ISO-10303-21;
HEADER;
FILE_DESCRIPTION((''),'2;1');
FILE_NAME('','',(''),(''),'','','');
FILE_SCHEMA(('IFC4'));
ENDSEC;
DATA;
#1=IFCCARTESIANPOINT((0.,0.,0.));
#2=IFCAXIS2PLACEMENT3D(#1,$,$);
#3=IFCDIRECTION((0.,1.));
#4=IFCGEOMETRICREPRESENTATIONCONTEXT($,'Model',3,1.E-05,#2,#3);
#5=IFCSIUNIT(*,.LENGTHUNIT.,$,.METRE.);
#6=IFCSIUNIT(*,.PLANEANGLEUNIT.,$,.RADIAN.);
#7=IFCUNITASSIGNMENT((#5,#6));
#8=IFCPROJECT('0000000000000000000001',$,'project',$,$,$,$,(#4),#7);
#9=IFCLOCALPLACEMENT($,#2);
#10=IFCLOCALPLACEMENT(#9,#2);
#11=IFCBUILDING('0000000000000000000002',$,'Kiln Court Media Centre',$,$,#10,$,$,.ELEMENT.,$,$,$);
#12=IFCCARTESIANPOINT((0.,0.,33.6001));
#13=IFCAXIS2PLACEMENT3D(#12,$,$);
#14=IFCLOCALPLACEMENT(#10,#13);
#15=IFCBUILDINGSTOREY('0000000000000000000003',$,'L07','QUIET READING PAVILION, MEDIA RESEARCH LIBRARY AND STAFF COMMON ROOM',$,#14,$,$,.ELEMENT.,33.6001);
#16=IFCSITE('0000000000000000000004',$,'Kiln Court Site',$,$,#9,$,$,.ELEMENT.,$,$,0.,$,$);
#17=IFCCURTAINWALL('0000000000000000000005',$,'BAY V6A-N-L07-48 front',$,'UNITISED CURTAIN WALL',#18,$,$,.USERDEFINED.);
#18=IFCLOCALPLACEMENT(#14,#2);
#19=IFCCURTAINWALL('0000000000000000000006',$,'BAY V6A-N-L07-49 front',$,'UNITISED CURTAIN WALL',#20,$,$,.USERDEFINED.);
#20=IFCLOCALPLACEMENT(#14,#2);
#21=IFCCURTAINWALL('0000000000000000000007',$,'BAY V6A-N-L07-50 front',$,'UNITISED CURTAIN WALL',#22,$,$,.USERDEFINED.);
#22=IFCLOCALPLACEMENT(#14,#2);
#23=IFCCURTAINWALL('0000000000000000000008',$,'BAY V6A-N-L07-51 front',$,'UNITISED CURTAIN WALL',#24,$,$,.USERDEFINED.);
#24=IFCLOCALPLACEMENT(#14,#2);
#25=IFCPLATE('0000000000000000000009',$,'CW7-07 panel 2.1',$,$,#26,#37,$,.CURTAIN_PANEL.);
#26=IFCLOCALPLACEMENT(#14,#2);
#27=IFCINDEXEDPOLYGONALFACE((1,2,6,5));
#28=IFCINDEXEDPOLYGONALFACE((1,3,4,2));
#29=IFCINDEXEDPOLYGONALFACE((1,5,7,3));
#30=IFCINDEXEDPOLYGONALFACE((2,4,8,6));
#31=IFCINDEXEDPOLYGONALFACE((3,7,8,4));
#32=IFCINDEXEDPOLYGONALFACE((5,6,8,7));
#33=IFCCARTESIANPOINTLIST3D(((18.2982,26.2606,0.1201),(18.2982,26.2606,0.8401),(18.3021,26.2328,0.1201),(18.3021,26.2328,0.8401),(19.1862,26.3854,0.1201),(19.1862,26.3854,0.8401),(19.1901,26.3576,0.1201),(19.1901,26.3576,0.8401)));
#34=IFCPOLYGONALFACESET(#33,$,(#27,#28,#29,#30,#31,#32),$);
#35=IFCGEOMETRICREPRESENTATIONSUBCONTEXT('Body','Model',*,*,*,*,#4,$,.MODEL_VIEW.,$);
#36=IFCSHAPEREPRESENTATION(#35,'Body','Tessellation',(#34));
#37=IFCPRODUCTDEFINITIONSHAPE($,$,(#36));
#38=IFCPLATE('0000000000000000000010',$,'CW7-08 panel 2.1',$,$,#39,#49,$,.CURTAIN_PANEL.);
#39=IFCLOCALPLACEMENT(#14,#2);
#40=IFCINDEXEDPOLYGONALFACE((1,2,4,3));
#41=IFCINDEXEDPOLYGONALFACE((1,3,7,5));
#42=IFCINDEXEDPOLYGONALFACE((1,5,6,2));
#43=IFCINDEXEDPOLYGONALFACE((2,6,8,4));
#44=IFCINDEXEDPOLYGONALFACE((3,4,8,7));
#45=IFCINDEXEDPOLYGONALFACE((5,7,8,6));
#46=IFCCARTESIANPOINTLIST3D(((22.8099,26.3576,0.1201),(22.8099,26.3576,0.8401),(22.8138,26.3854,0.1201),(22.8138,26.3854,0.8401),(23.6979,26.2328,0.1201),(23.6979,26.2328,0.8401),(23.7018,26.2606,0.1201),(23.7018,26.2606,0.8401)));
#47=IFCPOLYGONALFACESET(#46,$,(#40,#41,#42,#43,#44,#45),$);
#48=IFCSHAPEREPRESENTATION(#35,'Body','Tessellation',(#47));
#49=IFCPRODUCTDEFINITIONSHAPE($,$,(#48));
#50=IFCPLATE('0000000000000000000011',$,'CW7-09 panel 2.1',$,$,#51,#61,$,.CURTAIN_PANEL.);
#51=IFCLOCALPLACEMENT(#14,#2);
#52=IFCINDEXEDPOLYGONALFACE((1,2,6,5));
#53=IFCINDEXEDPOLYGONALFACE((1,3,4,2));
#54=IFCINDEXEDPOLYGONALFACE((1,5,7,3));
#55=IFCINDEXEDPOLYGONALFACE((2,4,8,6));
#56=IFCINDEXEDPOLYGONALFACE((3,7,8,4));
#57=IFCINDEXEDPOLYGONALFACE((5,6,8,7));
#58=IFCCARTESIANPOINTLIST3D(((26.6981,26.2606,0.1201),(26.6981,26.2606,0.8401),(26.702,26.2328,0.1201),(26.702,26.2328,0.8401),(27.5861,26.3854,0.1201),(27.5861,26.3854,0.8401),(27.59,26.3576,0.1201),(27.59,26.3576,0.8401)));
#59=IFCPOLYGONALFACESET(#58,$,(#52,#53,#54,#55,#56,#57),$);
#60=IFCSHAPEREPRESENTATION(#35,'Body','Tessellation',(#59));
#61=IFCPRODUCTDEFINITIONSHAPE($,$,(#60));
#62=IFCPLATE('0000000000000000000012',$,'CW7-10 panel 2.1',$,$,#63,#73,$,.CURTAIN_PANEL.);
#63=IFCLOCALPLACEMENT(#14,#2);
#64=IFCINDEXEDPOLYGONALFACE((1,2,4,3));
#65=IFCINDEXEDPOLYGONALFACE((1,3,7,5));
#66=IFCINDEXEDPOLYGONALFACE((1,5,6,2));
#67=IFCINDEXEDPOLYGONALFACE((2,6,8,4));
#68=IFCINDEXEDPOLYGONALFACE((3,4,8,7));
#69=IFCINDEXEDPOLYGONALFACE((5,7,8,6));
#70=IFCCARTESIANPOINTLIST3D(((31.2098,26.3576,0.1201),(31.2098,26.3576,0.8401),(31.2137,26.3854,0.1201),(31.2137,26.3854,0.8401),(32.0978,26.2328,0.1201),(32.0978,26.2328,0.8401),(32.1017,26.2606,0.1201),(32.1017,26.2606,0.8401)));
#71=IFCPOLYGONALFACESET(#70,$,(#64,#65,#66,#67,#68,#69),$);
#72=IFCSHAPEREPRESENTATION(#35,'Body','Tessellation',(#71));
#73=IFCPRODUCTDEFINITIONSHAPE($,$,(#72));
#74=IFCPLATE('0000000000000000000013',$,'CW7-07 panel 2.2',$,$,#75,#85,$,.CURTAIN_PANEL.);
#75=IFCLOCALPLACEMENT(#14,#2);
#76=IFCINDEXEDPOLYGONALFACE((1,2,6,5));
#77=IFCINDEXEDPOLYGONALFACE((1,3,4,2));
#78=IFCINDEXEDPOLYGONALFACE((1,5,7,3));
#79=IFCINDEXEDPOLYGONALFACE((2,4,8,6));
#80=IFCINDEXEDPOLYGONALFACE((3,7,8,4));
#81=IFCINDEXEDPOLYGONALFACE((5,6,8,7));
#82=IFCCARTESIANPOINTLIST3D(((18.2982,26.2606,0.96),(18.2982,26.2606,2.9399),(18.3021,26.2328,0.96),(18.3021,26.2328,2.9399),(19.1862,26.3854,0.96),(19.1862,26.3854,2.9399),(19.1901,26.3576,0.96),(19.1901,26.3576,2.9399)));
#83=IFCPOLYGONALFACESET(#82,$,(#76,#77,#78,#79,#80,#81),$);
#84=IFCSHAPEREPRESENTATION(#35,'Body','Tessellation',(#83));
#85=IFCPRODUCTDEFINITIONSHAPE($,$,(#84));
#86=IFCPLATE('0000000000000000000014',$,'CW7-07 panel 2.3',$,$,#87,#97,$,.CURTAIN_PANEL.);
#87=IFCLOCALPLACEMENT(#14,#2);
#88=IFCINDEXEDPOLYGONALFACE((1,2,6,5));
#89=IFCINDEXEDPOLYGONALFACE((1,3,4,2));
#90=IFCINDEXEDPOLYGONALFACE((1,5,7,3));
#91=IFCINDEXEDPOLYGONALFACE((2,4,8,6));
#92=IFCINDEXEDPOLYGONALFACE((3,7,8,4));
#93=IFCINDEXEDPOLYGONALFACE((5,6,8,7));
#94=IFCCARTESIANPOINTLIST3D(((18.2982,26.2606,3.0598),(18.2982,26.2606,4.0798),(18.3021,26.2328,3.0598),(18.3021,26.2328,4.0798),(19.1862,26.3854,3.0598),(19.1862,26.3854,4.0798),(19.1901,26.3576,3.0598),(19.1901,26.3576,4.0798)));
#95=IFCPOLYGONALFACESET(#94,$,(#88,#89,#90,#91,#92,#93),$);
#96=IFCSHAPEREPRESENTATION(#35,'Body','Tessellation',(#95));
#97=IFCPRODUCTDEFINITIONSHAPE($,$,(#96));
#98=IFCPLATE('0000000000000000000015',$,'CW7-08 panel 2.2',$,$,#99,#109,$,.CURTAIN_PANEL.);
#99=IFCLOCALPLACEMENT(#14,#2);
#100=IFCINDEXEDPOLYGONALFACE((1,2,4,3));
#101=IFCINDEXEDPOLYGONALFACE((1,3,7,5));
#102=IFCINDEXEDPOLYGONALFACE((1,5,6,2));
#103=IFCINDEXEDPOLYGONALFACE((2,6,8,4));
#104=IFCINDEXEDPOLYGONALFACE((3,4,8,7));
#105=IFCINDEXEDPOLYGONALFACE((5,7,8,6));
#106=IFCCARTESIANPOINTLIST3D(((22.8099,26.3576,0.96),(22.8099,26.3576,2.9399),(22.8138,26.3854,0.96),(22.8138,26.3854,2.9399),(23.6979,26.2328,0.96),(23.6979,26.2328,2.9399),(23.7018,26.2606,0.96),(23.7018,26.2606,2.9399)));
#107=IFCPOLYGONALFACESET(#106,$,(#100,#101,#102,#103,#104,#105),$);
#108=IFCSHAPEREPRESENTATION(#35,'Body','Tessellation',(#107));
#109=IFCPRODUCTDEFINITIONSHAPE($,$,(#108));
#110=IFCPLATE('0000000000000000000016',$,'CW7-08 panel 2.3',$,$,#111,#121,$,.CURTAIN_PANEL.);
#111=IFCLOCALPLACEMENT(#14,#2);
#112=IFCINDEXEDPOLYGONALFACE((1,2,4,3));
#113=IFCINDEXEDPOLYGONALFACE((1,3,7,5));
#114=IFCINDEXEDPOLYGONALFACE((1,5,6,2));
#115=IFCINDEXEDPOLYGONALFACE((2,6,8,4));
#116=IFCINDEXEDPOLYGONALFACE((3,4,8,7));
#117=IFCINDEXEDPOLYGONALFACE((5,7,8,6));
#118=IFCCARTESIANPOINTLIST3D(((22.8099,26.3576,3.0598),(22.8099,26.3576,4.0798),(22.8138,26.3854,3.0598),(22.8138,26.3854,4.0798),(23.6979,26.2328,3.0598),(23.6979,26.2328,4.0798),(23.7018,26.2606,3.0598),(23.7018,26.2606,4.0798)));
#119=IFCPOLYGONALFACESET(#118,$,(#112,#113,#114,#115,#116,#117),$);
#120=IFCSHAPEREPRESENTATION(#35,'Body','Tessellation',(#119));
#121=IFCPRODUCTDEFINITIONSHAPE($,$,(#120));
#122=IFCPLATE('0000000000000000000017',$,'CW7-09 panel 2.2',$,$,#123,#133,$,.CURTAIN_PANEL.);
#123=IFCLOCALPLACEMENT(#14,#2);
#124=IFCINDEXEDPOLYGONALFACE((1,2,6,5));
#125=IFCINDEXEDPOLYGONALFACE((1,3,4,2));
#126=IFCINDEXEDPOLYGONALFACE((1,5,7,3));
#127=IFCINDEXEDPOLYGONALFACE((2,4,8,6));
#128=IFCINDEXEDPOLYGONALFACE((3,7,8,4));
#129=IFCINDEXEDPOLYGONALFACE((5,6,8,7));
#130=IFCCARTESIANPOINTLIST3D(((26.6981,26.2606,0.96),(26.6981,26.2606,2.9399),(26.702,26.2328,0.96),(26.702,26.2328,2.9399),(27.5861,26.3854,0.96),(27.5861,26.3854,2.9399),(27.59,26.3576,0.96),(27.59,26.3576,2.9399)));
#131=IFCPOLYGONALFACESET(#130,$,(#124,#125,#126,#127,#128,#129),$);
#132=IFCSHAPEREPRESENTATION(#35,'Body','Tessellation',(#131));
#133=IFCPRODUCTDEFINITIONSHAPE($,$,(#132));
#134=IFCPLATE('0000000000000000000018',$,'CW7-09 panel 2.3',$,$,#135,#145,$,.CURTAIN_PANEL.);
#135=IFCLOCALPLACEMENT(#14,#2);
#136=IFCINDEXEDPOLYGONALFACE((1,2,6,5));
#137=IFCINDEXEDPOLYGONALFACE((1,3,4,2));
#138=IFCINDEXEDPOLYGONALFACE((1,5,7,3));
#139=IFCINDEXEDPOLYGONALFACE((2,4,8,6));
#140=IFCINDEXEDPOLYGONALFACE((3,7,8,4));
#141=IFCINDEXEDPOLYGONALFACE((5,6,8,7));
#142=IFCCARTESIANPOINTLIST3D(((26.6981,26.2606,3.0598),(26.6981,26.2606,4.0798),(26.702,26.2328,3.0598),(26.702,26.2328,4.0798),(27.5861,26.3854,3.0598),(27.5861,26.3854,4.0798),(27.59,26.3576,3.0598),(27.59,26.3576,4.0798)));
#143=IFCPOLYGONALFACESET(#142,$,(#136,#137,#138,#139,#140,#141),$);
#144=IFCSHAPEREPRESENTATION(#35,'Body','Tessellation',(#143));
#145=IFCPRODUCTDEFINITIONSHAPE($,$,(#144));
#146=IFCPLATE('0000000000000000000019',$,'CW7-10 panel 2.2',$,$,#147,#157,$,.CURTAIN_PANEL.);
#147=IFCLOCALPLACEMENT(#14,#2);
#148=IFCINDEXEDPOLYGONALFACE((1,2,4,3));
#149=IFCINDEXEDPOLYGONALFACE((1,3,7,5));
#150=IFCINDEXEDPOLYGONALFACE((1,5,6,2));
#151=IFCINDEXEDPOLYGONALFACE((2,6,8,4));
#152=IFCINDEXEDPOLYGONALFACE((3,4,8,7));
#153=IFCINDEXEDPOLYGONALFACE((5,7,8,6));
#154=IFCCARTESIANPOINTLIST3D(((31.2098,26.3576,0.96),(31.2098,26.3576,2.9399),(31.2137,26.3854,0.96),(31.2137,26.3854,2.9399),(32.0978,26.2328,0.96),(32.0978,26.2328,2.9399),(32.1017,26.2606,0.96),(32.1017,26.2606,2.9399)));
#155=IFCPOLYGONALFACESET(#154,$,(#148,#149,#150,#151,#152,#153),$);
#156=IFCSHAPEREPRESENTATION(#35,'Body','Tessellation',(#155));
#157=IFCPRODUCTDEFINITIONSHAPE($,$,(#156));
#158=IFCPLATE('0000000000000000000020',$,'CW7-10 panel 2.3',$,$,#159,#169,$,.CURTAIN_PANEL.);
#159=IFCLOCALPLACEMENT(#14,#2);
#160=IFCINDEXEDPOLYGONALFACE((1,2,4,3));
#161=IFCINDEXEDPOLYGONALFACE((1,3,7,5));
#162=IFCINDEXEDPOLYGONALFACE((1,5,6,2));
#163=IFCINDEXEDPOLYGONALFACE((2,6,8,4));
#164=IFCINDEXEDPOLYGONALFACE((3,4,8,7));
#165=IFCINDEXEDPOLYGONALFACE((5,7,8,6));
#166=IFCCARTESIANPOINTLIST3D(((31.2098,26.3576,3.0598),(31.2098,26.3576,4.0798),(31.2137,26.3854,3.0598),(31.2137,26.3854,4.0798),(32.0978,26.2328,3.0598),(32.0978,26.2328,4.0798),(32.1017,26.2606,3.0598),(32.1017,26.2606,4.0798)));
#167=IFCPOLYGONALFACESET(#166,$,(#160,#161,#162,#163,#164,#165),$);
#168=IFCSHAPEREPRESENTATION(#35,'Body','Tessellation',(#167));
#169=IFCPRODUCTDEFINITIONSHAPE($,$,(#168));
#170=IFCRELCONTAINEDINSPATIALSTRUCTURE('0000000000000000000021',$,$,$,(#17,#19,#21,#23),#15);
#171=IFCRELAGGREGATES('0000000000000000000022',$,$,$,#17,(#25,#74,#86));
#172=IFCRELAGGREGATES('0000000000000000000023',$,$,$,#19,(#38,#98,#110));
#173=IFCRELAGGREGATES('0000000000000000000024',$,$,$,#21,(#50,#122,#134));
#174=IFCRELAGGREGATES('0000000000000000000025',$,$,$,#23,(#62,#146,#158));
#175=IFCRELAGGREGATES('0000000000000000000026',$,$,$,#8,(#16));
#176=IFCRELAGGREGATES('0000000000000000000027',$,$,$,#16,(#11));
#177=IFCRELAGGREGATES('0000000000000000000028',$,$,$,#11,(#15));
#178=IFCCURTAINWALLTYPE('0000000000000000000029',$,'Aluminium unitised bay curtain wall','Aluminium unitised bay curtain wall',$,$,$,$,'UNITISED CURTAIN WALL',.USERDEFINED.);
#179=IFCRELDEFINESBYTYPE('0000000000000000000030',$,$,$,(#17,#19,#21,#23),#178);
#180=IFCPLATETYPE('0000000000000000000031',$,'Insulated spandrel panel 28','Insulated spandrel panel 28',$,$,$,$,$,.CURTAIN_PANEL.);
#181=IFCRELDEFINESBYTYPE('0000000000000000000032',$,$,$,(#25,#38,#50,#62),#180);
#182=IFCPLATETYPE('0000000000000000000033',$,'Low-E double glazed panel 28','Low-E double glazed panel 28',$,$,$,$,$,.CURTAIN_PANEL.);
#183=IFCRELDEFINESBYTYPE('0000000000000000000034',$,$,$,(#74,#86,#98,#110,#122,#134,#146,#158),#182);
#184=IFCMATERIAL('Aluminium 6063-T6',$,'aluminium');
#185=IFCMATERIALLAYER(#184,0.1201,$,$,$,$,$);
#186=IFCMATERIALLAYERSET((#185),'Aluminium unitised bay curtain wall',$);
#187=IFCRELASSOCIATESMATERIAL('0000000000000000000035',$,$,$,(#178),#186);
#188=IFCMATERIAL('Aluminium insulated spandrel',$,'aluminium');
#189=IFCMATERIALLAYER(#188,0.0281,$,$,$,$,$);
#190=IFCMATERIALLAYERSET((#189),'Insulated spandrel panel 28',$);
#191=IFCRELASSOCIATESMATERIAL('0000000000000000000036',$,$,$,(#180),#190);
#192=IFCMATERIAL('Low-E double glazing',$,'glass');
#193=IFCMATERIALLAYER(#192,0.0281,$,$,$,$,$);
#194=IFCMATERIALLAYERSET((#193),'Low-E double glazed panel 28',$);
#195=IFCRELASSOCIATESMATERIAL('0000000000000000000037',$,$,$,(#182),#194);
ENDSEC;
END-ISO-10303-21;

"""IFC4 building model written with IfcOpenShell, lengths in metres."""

from ifc_helpers import new_model, si_unit, direction, frame, origin, origin_2d, place, context, subcontext, project, spatial, rectangle, extrude, material, layer, layer_set, type_object, element, aggregate, save


model = new_model("IFC4")

# Units and contexts
model_context = context("Model", 3, precision=1e-05, world=origin(), true_north=direction((0.0, 1.0)))
body_context = subcontext(model_context, "Body", "Model", "MODEL_VIEW")
ifc_project = project(units=[si_unit("LENGTHUNIT", "METRE"), si_unit("PLANEANGLEUNIT", "RADIAN")], contexts=[model_context])

# Site, building, storey
site_placement = place(None, origin())
site = spatial("IfcSite", under=ifc_project, at=site_placement, Name="Kiln Court Site", CompositionType="ELEMENT", RefElevation=0.0)
building_placement = place(site_placement, origin())
building = spatial("IfcBuilding", under=site, at=building_placement, Name="Kiln Court Media Centre", CompositionType="ELEMENT")
storey_placement = place(building_placement, frame((0.0, 0.0, 33.6001)))
storey = spatial("IfcBuildingStorey", under=building, at=storey_placement, Name="L07", Description="QUIET READING PAVILION, MEDIA RESEARCH LIBRARY AND STAFF COMMON ROOM", CompositionType="ELEMENT", Elevation=33.6001)

# Curtain wall
ifc_material_1 = material(Name="Aluminium 6063-T6", Category="aluminium")
ifc_layer_1 = layer(ifc_material_1, 0.1201)
ifc_layer_set_1 = layer_set([ifc_layer_1], Name="Aluminium unitised bay curtain wall")
curtain_wall_type = type_object("IfcCurtainWallType", Name="Aluminium unitised bay curtain wall", Description="Aluminium unitised bay curtain wall", ElementType="UNITISED CURTAIN WALL", PredefinedType="USERDEFINED", material=ifc_layer_set_1)
curtain_wall_1_placement = place(storey_placement, origin())
curtain_wall_1 = element("IfcCurtainWall", 1, at=curtain_wall_1_placement, inside=storey, type_object=curtain_wall_type, Name="BAY V6A-N-L07-48 front", ObjectType="UNITISED CURTAIN WALL", PredefinedType="USERDEFINED")

# Curtain walls
curtain_wall_2_placement = place(storey_placement, origin())
curtain_wall_2 = element("IfcCurtainWall", 2, at=curtain_wall_2_placement, inside=storey, type_object=curtain_wall_type, Name="BAY V6A-N-L07-49 front", ObjectType="UNITISED CURTAIN WALL", PredefinedType="USERDEFINED")
curtain_wall_3_placement = place(storey_placement, origin())
curtain_wall_3 = element("IfcCurtainWall", 3, at=curtain_wall_3_placement, inside=storey, type_object=curtain_wall_type, Name="BAY V6A-N-L07-50 front", ObjectType="UNITISED CURTAIN WALL", PredefinedType="USERDEFINED")
curtain_wall_4_placement = place(storey_placement, origin())
curtain_wall_4 = element("IfcCurtainWall", 4, at=curtain_wall_4_placement, inside=storey, type_object=curtain_wall_type, Name="BAY V6A-N-L07-51 front", ObjectType="UNITISED CURTAIN WALL", PredefinedType="USERDEFINED")

# Plates
ifc_material_2 = material(Name="Aluminium insulated spandrel", Category="aluminium")
ifc_layer_2 = layer(ifc_material_2, 0.0281)
ifc_layer_set_2 = layer_set([ifc_layer_2], Name="Insulated spandrel panel 28")
plate_type_1 = type_object("IfcPlateType", Name="Insulated spandrel panel 28", Description="Insulated spandrel panel 28", PredefinedType="CURTAIN_PANEL", material=ifc_layer_set_2)
plate_1_placement = place(storey_placement, frame((18.7441, 26.3091, 0.1201), z_axis=(0.0, 0.0, 1.0), x_axis=(0.99027, 0.139162, 0.0)))
plate_1 = element("IfcPlate", 5, at=plate_1_placement, type_object=plate_type_1, Name="CW7-07 panel 2.1", PredefinedType="CURTAIN_PANEL", context=body_context, shape_type="SweptSolid", body=[
    extrude(rectangle(XDim=0.8967, YDim=0.0281, at=origin_2d()), origin(), (0.0, 0.0, 1.0), 0.72),
])
plate_2_placement = place(storey_placement, frame((23.2559, 26.3091, 0.1201), z_axis=(0.0, 0.0, 1.0), x_axis=(0.99027, -0.139162, 0.0)))
plate_2 = element("IfcPlate", 6, at=plate_2_placement, type_object=plate_type_1, Name="CW7-08 panel 2.1", PredefinedType="CURTAIN_PANEL", context=body_context, shape_type="SweptSolid", body=[
    extrude(rectangle(XDim=0.8967, YDim=0.0281, at=origin_2d()), origin(), (0.0, 0.0, 1.0), 0.72),
])
plate_3_placement = place(storey_placement, frame((27.144, 26.3091, 0.1201), z_axis=(0.0, 0.0, 1.0), x_axis=(0.99027, 0.139162, 0.0)))
plate_3 = element("IfcPlate", 7, at=plate_3_placement, type_object=plate_type_1, Name="CW7-09 panel 2.1", PredefinedType="CURTAIN_PANEL", context=body_context, shape_type="SweptSolid", body=[
    extrude(rectangle(XDim=0.8967, YDim=0.0281, at=origin_2d()), origin(), (0.0, 0.0, 1.0), 0.72),
])
plate_4_placement = place(storey_placement, frame((31.6558, 26.3091, 0.1201), z_axis=(0.0, 0.0, 1.0), x_axis=(0.99027, -0.139162, 0.0)))
plate_4 = element("IfcPlate", 8, at=plate_4_placement, type_object=plate_type_1, Name="CW7-10 panel 2.1", PredefinedType="CURTAIN_PANEL", context=body_context, shape_type="SweptSolid", body=[
    extrude(rectangle(XDim=0.8967, YDim=0.0281, at=origin_2d()), origin(), (0.0, 0.0, 1.0), 0.72),
])
ifc_material_3 = material(Name="Low-E double glazing", Category="glass")
ifc_layer_3 = layer(ifc_material_3, 0.0281)
ifc_layer_set_3 = layer_set([ifc_layer_3], Name="Low-E double glazed panel 28")
plate_type_2 = type_object("IfcPlateType", Name="Low-E double glazed panel 28", Description="Low-E double glazed panel 28", PredefinedType="CURTAIN_PANEL", material=ifc_layer_set_3)
plate_5_placement = place(storey_placement, frame((18.7441, 26.3091, 0.96), z_axis=(0.0, 0.0, 1.0), x_axis=(0.99027, 0.139162, 0.0)))
plate_5 = element("IfcPlate", 9, at=plate_5_placement, type_object=plate_type_2, Name="CW7-07 panel 2.2", PredefinedType="CURTAIN_PANEL", context=body_context, shape_type="SweptSolid", body=[
    extrude(rectangle(XDim=0.8967, YDim=0.0281, at=origin_2d()), origin(), (0.0, 0.0, 1.0), 1.98),
])
plate_6_placement = place(storey_placement, frame((18.7441, 26.3091, 3.0598), z_axis=(0.0, 0.0, 1.0), x_axis=(0.99027, 0.139162, 0.0)))
plate_6 = element("IfcPlate", 10, at=plate_6_placement, type_object=plate_type_2, Name="CW7-07 panel 2.3", PredefinedType="CURTAIN_PANEL", context=body_context, shape_type="SweptSolid", body=[
    extrude(rectangle(XDim=0.8967, YDim=0.0281, at=origin_2d()), origin(), (0.0, 0.0, 1.0), 1.02),
])
aggregate(curtain_wall_1, [plate_1, plate_5, plate_6])
plate_7_placement = place(storey_placement, frame((23.2559, 26.3091, 0.96), z_axis=(0.0, 0.0, 1.0), x_axis=(0.99027, -0.139162, 0.0)))
plate_7 = element("IfcPlate", 11, at=plate_7_placement, type_object=plate_type_2, Name="CW7-08 panel 2.2", PredefinedType="CURTAIN_PANEL", context=body_context, shape_type="SweptSolid", body=[
    extrude(rectangle(XDim=0.8967, YDim=0.0281, at=origin_2d()), origin(), (0.0, 0.0, 1.0), 1.98),
])
plate_8_placement = place(storey_placement, frame((23.2559, 26.3091, 3.0598), z_axis=(0.0, 0.0, 1.0), x_axis=(0.99027, -0.139162, 0.0)))
plate_8 = element("IfcPlate", 12, at=plate_8_placement, type_object=plate_type_2, Name="CW7-08 panel 2.3", PredefinedType="CURTAIN_PANEL", context=body_context, shape_type="SweptSolid", body=[
    extrude(rectangle(XDim=0.8967, YDim=0.0281, at=origin_2d()), origin(), (0.0, 0.0, 1.0), 1.02),
])
aggregate(curtain_wall_2, [plate_2, plate_7, plate_8])
plate_9_placement = place(storey_placement, frame((27.144, 26.3091, 0.96), z_axis=(0.0, 0.0, 1.0), x_axis=(0.99027, 0.139162, 0.0)))
plate_9 = element("IfcPlate", 13, at=plate_9_placement, type_object=plate_type_2, Name="CW7-09 panel 2.2", PredefinedType="CURTAIN_PANEL", context=body_context, shape_type="SweptSolid", body=[
    extrude(rectangle(XDim=0.8967, YDim=0.0281, at=origin_2d()), origin(), (0.0, 0.0, 1.0), 1.98),
])
plate_10_placement = place(storey_placement, frame((27.144, 26.3091, 3.0598), z_axis=(0.0, 0.0, 1.0), x_axis=(0.99027, 0.139162, 0.0)))
plate_10 = element("IfcPlate", 14, at=plate_10_placement, type_object=plate_type_2, Name="CW7-09 panel 2.3", PredefinedType="CURTAIN_PANEL", context=body_context, shape_type="SweptSolid", body=[
    extrude(rectangle(XDim=0.8967, YDim=0.0281, at=origin_2d()), origin(), (0.0, 0.0, 1.0), 1.02),
])
aggregate(curtain_wall_3, [plate_3, plate_9, plate_10])
plate_11_placement = place(storey_placement, frame((31.6558, 26.3091, 0.96), z_axis=(0.0, 0.0, 1.0), x_axis=(0.99027, -0.139162, 0.0)))
plate_11 = element("IfcPlate", 15, at=plate_11_placement, type_object=plate_type_2, Name="CW7-10 panel 2.2", PredefinedType="CURTAIN_PANEL", context=body_context, shape_type="SweptSolid", body=[
    extrude(rectangle(XDim=0.8967, YDim=0.0281, at=origin_2d()), origin(), (0.0, 0.0, 1.0), 1.98),
])
plate_12_placement = place(storey_placement, frame((31.6558, 26.3091, 3.0598), z_axis=(0.0, 0.0, 1.0), x_axis=(0.99027, -0.139162, 0.0)))
plate_12 = element("IfcPlate", 16, at=plate_12_placement, type_object=plate_type_2, Name="CW7-10 panel 2.3", PredefinedType="CURTAIN_PANEL", context=body_context, shape_type="SweptSolid", body=[
    extrude(rectangle(XDim=0.8967, YDim=0.0281, at=origin_2d()), origin(), (0.0, 0.0, 1.0), 1.02),
])
aggregate(curtain_wall_4, [plate_4, plate_11, plate_12])

save(model, "model.ifc")
